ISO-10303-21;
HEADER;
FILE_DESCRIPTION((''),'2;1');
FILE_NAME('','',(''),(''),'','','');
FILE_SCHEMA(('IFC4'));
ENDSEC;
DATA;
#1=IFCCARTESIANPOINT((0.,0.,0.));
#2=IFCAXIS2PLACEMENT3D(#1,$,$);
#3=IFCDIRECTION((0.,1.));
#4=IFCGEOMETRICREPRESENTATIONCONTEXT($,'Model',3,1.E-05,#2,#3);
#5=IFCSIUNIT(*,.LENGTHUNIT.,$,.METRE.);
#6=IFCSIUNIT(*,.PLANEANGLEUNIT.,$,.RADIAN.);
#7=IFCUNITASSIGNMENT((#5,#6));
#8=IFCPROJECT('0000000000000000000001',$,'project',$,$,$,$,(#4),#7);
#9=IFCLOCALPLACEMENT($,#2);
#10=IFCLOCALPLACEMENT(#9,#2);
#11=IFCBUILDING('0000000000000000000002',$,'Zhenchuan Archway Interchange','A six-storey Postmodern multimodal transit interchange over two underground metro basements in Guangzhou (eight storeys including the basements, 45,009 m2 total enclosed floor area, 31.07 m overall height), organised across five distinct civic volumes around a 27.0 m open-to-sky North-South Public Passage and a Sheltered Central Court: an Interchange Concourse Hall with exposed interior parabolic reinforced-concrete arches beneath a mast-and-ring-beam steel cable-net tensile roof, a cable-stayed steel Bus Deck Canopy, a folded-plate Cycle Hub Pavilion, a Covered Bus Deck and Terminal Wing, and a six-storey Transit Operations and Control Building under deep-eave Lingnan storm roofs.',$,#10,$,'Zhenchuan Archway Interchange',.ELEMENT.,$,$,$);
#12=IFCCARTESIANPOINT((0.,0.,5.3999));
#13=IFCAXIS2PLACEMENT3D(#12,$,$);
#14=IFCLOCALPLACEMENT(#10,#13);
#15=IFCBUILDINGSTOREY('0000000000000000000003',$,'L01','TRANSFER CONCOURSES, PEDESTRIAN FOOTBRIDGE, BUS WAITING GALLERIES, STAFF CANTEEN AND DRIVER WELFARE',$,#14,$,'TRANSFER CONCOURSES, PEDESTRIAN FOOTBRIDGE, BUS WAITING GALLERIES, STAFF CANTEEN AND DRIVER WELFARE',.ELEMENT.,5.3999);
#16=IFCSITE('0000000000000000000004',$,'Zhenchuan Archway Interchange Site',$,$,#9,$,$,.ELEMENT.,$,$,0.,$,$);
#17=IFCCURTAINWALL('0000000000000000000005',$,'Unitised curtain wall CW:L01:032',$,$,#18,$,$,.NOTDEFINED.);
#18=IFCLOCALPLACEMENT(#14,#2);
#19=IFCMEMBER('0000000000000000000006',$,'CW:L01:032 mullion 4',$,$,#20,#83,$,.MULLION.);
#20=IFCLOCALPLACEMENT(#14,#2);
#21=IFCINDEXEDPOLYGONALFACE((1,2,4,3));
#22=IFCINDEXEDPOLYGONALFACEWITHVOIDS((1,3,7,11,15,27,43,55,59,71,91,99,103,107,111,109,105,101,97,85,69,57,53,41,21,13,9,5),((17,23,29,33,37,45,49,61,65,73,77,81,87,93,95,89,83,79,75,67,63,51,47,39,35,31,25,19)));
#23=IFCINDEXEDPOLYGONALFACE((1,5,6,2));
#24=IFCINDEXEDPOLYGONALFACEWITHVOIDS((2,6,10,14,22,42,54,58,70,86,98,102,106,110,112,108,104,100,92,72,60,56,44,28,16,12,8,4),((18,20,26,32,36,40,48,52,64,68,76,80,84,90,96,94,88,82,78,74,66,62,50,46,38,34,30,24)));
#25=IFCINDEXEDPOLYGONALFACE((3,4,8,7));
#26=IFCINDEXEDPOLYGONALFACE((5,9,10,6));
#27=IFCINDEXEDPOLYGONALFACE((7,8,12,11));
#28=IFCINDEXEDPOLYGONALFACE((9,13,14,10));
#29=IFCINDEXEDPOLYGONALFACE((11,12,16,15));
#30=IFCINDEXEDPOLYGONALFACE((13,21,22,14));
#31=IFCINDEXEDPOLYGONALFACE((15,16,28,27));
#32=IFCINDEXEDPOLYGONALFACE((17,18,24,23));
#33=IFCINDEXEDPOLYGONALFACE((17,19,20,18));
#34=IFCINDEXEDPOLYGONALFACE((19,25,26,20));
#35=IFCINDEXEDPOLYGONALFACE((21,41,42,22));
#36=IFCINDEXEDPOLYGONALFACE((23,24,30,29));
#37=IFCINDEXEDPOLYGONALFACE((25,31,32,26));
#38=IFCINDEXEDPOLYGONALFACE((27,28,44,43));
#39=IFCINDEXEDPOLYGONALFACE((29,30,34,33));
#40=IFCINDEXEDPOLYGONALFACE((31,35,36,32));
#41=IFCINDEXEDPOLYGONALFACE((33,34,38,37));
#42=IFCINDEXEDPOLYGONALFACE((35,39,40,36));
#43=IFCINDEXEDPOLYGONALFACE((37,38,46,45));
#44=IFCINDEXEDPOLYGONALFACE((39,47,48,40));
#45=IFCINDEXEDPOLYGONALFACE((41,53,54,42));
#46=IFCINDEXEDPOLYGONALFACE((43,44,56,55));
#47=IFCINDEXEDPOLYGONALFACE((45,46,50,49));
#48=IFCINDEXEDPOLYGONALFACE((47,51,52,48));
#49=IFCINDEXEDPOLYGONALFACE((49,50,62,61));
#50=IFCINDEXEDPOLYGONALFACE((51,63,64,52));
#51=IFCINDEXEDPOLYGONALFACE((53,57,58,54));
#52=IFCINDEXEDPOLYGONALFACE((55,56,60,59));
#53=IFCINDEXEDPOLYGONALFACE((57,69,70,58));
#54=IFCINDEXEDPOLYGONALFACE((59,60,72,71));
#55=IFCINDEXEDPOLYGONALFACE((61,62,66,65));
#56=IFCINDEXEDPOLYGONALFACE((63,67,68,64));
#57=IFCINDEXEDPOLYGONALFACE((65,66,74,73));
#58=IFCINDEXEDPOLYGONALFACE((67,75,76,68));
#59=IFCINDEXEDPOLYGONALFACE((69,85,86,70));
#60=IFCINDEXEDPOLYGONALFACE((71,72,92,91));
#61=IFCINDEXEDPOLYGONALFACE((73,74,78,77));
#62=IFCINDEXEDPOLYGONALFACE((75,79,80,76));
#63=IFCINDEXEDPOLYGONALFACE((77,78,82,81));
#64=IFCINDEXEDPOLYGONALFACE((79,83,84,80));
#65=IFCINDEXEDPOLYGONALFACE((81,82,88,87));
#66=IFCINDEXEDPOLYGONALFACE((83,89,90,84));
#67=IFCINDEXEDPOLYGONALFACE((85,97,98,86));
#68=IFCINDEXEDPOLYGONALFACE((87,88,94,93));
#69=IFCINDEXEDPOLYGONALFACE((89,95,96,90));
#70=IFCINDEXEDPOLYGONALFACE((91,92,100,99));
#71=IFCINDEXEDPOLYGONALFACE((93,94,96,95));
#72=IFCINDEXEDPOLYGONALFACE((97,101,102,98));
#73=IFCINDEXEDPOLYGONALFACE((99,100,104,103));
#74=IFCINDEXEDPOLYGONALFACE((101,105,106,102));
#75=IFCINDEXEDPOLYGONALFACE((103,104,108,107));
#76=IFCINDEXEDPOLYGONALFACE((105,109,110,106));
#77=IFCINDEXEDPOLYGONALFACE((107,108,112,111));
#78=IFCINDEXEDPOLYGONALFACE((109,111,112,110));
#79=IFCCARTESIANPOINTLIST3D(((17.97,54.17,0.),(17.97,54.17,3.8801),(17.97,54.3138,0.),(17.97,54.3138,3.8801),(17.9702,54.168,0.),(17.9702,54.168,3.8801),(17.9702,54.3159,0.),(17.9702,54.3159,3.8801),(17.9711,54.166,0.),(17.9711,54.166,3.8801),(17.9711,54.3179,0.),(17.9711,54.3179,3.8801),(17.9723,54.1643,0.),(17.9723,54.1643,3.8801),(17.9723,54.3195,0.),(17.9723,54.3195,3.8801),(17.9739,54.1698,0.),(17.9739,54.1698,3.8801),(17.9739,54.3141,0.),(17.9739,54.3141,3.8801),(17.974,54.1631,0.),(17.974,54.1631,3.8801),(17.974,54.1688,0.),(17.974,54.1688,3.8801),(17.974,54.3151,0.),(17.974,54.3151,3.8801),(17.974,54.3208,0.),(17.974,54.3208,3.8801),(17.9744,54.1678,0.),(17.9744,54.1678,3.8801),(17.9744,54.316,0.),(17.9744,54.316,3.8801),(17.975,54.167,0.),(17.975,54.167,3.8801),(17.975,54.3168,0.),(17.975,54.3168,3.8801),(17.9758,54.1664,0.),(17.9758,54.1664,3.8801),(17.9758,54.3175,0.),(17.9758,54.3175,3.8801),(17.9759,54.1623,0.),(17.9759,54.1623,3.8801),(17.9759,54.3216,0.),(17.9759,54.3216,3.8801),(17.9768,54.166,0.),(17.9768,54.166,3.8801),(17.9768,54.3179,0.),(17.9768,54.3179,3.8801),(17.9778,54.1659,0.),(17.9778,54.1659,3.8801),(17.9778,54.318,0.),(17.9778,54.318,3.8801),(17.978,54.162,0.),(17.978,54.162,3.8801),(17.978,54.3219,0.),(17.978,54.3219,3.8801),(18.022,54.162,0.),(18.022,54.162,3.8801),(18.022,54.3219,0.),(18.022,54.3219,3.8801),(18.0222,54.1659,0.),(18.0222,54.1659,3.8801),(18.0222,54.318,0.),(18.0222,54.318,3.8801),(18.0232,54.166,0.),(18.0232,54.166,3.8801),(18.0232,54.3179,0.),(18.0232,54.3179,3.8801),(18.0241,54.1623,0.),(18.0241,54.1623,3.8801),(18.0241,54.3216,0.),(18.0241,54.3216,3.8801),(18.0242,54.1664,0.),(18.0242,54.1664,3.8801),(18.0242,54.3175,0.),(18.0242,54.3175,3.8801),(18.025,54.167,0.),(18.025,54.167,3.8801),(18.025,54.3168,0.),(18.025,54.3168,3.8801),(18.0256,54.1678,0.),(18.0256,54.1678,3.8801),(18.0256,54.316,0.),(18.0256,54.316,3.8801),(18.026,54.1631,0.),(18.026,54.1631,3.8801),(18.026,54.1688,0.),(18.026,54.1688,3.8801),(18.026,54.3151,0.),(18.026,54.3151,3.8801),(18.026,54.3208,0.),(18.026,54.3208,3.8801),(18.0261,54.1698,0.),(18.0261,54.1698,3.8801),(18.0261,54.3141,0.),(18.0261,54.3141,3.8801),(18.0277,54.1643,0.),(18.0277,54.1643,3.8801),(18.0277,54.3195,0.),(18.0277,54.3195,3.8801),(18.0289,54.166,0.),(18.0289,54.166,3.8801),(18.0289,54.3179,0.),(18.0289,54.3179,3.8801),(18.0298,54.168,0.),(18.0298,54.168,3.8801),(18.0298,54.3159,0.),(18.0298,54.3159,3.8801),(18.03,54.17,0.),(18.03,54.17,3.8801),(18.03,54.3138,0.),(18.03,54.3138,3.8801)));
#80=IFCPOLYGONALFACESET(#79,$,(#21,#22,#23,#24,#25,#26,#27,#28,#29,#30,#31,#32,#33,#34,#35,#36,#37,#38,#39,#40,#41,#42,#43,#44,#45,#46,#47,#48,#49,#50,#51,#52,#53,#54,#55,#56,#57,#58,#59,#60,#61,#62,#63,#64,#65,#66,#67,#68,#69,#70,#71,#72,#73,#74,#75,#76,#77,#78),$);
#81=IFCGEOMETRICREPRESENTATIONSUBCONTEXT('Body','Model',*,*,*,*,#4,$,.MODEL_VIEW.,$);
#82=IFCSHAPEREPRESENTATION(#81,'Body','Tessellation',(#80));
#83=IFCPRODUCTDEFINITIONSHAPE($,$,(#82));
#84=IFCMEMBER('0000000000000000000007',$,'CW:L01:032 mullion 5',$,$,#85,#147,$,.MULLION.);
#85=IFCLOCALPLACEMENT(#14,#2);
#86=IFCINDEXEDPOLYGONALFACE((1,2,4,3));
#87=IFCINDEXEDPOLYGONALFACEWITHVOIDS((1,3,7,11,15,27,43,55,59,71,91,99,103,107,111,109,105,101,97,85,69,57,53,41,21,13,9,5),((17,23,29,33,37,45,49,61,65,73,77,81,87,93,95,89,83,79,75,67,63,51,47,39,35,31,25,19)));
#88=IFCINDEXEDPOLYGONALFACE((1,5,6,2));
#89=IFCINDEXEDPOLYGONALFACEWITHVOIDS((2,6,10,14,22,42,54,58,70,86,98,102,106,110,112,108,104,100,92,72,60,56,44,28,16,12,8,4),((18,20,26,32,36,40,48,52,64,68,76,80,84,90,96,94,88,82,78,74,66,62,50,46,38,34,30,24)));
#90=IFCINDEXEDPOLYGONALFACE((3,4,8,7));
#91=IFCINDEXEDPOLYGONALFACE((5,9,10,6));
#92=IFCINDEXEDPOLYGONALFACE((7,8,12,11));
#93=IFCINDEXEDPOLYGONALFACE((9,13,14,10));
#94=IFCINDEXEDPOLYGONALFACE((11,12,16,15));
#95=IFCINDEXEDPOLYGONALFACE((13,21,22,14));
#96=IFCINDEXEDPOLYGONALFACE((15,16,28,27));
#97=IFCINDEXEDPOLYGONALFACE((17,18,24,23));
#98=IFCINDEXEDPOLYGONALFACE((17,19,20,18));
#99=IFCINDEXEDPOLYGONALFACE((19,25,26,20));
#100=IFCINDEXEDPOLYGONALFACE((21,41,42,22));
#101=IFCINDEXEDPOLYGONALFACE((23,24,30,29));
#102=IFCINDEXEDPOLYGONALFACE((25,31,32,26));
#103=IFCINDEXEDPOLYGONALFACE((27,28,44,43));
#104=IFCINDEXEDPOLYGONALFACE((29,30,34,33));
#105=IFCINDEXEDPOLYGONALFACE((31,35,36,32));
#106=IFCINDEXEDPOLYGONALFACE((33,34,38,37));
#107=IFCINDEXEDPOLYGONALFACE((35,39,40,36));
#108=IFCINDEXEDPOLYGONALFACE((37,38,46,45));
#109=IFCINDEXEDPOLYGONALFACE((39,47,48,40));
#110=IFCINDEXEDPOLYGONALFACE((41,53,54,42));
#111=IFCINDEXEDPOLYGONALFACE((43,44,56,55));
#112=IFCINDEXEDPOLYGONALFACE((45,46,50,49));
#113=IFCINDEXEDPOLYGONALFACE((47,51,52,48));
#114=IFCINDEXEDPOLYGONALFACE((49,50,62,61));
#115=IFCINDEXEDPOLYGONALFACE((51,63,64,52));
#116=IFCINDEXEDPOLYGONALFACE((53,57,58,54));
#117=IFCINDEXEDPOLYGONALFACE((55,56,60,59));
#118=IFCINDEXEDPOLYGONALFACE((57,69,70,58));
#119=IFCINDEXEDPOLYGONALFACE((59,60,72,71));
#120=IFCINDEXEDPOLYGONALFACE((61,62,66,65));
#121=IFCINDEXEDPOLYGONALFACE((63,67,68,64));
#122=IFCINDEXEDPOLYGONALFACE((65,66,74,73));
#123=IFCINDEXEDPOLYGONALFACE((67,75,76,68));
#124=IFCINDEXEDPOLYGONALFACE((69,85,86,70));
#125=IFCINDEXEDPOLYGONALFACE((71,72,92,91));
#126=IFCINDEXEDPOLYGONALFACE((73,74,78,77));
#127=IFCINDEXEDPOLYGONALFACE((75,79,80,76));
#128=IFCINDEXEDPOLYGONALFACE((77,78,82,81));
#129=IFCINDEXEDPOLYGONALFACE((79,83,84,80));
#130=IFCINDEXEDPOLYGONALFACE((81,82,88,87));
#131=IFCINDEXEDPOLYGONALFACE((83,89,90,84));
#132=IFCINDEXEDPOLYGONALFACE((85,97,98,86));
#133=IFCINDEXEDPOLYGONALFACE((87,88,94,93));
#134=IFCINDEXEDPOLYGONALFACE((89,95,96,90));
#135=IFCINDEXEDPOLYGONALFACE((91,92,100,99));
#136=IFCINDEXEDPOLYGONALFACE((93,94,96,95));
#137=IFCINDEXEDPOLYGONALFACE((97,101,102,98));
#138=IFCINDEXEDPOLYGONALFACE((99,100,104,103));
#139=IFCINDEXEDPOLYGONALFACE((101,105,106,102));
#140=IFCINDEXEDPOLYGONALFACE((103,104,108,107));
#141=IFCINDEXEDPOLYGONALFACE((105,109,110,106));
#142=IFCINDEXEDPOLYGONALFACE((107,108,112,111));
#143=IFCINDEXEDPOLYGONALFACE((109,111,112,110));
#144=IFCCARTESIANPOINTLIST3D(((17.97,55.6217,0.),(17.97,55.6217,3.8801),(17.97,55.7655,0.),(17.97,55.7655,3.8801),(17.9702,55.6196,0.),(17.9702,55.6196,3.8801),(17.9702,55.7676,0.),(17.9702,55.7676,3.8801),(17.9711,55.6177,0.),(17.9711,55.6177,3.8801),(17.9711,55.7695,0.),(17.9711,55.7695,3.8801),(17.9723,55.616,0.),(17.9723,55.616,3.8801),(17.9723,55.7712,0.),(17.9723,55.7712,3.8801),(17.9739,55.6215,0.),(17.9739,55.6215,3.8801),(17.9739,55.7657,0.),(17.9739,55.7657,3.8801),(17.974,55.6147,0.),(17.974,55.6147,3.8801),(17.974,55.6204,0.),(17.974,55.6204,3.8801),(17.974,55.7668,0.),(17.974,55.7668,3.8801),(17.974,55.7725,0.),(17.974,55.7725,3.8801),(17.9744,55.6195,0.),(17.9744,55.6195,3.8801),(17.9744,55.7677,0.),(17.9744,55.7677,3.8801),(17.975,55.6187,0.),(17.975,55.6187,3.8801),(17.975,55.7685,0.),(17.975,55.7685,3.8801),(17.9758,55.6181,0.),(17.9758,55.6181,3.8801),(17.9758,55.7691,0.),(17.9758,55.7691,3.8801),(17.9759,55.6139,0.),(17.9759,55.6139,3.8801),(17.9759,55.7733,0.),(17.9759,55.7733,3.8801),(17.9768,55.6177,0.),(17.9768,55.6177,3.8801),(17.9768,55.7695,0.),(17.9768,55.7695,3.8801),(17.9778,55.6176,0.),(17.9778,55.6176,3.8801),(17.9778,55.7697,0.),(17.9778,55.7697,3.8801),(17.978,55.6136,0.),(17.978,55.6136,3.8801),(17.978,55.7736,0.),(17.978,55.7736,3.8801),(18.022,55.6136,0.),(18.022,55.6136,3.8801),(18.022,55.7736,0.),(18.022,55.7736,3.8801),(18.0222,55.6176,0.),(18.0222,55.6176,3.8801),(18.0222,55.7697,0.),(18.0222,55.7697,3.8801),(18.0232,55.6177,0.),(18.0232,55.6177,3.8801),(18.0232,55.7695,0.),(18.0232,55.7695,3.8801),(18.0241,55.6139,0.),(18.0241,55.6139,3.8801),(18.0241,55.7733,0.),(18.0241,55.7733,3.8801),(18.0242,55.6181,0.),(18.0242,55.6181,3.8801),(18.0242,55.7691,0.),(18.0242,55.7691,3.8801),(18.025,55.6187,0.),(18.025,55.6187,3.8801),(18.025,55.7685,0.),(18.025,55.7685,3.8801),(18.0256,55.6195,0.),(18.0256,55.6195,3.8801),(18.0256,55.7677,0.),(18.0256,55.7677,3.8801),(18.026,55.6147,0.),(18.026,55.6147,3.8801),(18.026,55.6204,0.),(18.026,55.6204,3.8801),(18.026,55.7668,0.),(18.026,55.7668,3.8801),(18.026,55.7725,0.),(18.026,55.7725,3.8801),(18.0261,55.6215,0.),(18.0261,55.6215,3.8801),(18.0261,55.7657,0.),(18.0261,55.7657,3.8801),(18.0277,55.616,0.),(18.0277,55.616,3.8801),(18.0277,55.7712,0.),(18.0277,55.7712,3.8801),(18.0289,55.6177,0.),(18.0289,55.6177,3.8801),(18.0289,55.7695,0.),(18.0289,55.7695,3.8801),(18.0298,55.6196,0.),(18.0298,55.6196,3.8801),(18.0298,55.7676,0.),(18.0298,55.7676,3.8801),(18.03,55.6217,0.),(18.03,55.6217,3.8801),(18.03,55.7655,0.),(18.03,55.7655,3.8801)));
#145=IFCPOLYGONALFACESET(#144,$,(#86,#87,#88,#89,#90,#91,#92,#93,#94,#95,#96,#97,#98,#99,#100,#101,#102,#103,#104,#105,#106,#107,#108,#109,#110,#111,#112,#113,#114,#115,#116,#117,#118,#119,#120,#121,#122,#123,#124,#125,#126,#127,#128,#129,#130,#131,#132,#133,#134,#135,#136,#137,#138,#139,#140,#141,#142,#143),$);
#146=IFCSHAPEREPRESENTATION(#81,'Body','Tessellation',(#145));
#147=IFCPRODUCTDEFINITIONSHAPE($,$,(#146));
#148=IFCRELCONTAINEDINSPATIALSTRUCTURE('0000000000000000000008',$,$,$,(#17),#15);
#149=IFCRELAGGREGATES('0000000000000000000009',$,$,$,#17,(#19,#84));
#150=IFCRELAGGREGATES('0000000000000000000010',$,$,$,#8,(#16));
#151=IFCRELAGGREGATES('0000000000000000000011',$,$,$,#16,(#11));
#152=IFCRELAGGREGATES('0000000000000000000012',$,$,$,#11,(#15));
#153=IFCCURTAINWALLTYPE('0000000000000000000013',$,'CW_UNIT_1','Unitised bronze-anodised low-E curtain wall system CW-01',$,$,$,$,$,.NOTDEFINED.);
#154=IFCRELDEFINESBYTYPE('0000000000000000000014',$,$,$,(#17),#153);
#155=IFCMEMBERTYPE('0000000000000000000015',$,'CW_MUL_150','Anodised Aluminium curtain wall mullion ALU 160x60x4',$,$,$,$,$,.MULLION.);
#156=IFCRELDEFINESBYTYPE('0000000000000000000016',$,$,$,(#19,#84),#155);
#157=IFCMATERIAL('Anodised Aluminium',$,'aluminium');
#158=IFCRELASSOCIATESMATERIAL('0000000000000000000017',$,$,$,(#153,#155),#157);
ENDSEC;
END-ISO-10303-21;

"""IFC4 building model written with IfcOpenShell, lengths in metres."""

from ifc_helpers import new_model, si_unit, direction, frame, origin, origin_2d, place, context, subcontext, project, spatial, hollow_rectangle, extrude, material, material_profile, profile_set, type_object, element, aggregate, save


model = new_model("IFC4")

# Units and contexts
model_context = context("Model", 3, precision=1e-05, world=origin(), true_north=direction((0.0, 1.0)))
body_context = subcontext(model_context, "Body", "Model", "MODEL_VIEW")
ifc_project = project(units=[si_unit("LENGTHUNIT", "METRE"), si_unit("PLANEANGLEUNIT", "RADIAN")], contexts=[model_context])

# Site, building, storey
site_placement = place(None, origin())
site = spatial("IfcSite", under=ifc_project, at=site_placement, Name="Zhenchuan Archway Interchange Site", CompositionType="ELEMENT", RefElevation=0.0)
building_placement = place(site_placement, origin())
building = spatial("IfcBuilding", under=site, at=building_placement, Name="Zhenchuan Archway Interchange", Description="A six-storey Postmodern multimodal transit interchange over two underground metro basements in Guangzhou (eight storeys including the basements, 45,009 m2 total enclosed floor area, 31.07 m overall height), organised across five distinct civic volumes around a 27.0 m open-to-sky North-South Public Passage and a Sheltered Central Court: an Interchange Concourse Hall with exposed interior parabolic reinforced-concrete arches beneath a mast-and-ring-beam steel cable-net tensile roof, a cable-stayed steel Bus Deck Canopy, a folded-plate Cycle Hub Pavilion, a Covered Bus Deck and Terminal Wing, and a six-storey Transit Operations and Control Building under deep-eave Lingnan storm roofs.", LongName="Zhenchuan Archway Interchange", CompositionType="ELEMENT")
storey_placement = place(building_placement, frame((0.0, 0.0, 5.3999)))
storey = spatial("IfcBuildingStorey", under=building, at=storey_placement, Name="L01", Description="TRANSFER CONCOURSES, PEDESTRIAN FOOTBRIDGE, BUS WAITING GALLERIES, STAFF CANTEEN AND DRIVER WELFARE", LongName="TRANSFER CONCOURSES, PEDESTRIAN FOOTBRIDGE, BUS WAITING GALLERIES, STAFF CANTEEN AND DRIVER WELFARE", CompositionType="ELEMENT", Elevation=5.3999)

# Curtain wall, members
ifc_material_1 = material(Name="Anodised Aluminium", Category="aluminium")
curtain_wall_type_1 = type_object("IfcCurtainWallType", Name="CW_UNIT_1", Description="Unitised bronze-anodised low-E curtain wall system CW-01", PredefinedType="NOTDEFINED", material=ifc_material_1)
curtain_wall_1_placement = place(storey_placement, origin())
curtain_wall_1 = element("IfcCurtainWall", 1, at=curtain_wall_1_placement, inside=storey, type_object=curtain_wall_type_1, Name="Unitised curtain wall CW:L01:032", PredefinedType="NOTDEFINED")
ifc_material_profile_1 = material_profile(ifc_material_1, hollow_rectangle(XDim=0.0601, YDim=0.1599, WallThickness=0.0039, InnerFilletRadius=0.0039, OuterFilletRadius=0.0081, at=origin_2d()), Name="ALU 160x60x4")
ifc_profile_set_1 = profile_set([ifc_material_profile_1], Name="Anodised Aluminium")
member_type_1 = type_object("IfcMemberType", Name="CW_MUL_150", Description="Anodised Aluminium curtain wall mullion ALU 160x60x4", PredefinedType="MULLION", material=ifc_profile_set_1)
member_1_placement = place(storey_placement, frame((18.0, 54.2419, 0.0), z_axis=(0.0, 0.0, 1.0), x_axis=(1.0, 0.0, 0.0)))
member_1 = element("IfcMember", 2, at=member_1_placement, type_object=member_type_1, Name="CW:L01:032 mullion 4", PredefinedType="MULLION", context=body_context, shape_type="SweptSolid", body=[
    extrude(hollow_rectangle(XDim=0.0601, YDim=0.1599, WallThickness=0.0039, InnerFilletRadius=0.0039, OuterFilletRadius=0.0081, at=origin_2d()), origin(), (0.0, 0.0, 1.0), 3.8801),
])
member_2_placement = place(storey_placement, frame((18.0, 55.6936, 0.0), z_axis=(0.0, 0.0, 1.0), x_axis=(1.0, 0.0, 0.0)))
member_2 = element("IfcMember", 3, at=member_2_placement, type_object=member_type_1, Name="CW:L01:032 mullion 5", PredefinedType="MULLION", context=body_context, shape_type="SweptSolid", body=[
    extrude(hollow_rectangle(XDim=0.0601, YDim=0.1599, WallThickness=0.0039, InnerFilletRadius=0.0039, OuterFilletRadius=0.0081, at=origin_2d()), origin(), (0.0, 0.0, 1.0), 3.8801),
])

aggregate(curtain_wall_1, [member_1, member_2])

save(model, "model.ifc")
